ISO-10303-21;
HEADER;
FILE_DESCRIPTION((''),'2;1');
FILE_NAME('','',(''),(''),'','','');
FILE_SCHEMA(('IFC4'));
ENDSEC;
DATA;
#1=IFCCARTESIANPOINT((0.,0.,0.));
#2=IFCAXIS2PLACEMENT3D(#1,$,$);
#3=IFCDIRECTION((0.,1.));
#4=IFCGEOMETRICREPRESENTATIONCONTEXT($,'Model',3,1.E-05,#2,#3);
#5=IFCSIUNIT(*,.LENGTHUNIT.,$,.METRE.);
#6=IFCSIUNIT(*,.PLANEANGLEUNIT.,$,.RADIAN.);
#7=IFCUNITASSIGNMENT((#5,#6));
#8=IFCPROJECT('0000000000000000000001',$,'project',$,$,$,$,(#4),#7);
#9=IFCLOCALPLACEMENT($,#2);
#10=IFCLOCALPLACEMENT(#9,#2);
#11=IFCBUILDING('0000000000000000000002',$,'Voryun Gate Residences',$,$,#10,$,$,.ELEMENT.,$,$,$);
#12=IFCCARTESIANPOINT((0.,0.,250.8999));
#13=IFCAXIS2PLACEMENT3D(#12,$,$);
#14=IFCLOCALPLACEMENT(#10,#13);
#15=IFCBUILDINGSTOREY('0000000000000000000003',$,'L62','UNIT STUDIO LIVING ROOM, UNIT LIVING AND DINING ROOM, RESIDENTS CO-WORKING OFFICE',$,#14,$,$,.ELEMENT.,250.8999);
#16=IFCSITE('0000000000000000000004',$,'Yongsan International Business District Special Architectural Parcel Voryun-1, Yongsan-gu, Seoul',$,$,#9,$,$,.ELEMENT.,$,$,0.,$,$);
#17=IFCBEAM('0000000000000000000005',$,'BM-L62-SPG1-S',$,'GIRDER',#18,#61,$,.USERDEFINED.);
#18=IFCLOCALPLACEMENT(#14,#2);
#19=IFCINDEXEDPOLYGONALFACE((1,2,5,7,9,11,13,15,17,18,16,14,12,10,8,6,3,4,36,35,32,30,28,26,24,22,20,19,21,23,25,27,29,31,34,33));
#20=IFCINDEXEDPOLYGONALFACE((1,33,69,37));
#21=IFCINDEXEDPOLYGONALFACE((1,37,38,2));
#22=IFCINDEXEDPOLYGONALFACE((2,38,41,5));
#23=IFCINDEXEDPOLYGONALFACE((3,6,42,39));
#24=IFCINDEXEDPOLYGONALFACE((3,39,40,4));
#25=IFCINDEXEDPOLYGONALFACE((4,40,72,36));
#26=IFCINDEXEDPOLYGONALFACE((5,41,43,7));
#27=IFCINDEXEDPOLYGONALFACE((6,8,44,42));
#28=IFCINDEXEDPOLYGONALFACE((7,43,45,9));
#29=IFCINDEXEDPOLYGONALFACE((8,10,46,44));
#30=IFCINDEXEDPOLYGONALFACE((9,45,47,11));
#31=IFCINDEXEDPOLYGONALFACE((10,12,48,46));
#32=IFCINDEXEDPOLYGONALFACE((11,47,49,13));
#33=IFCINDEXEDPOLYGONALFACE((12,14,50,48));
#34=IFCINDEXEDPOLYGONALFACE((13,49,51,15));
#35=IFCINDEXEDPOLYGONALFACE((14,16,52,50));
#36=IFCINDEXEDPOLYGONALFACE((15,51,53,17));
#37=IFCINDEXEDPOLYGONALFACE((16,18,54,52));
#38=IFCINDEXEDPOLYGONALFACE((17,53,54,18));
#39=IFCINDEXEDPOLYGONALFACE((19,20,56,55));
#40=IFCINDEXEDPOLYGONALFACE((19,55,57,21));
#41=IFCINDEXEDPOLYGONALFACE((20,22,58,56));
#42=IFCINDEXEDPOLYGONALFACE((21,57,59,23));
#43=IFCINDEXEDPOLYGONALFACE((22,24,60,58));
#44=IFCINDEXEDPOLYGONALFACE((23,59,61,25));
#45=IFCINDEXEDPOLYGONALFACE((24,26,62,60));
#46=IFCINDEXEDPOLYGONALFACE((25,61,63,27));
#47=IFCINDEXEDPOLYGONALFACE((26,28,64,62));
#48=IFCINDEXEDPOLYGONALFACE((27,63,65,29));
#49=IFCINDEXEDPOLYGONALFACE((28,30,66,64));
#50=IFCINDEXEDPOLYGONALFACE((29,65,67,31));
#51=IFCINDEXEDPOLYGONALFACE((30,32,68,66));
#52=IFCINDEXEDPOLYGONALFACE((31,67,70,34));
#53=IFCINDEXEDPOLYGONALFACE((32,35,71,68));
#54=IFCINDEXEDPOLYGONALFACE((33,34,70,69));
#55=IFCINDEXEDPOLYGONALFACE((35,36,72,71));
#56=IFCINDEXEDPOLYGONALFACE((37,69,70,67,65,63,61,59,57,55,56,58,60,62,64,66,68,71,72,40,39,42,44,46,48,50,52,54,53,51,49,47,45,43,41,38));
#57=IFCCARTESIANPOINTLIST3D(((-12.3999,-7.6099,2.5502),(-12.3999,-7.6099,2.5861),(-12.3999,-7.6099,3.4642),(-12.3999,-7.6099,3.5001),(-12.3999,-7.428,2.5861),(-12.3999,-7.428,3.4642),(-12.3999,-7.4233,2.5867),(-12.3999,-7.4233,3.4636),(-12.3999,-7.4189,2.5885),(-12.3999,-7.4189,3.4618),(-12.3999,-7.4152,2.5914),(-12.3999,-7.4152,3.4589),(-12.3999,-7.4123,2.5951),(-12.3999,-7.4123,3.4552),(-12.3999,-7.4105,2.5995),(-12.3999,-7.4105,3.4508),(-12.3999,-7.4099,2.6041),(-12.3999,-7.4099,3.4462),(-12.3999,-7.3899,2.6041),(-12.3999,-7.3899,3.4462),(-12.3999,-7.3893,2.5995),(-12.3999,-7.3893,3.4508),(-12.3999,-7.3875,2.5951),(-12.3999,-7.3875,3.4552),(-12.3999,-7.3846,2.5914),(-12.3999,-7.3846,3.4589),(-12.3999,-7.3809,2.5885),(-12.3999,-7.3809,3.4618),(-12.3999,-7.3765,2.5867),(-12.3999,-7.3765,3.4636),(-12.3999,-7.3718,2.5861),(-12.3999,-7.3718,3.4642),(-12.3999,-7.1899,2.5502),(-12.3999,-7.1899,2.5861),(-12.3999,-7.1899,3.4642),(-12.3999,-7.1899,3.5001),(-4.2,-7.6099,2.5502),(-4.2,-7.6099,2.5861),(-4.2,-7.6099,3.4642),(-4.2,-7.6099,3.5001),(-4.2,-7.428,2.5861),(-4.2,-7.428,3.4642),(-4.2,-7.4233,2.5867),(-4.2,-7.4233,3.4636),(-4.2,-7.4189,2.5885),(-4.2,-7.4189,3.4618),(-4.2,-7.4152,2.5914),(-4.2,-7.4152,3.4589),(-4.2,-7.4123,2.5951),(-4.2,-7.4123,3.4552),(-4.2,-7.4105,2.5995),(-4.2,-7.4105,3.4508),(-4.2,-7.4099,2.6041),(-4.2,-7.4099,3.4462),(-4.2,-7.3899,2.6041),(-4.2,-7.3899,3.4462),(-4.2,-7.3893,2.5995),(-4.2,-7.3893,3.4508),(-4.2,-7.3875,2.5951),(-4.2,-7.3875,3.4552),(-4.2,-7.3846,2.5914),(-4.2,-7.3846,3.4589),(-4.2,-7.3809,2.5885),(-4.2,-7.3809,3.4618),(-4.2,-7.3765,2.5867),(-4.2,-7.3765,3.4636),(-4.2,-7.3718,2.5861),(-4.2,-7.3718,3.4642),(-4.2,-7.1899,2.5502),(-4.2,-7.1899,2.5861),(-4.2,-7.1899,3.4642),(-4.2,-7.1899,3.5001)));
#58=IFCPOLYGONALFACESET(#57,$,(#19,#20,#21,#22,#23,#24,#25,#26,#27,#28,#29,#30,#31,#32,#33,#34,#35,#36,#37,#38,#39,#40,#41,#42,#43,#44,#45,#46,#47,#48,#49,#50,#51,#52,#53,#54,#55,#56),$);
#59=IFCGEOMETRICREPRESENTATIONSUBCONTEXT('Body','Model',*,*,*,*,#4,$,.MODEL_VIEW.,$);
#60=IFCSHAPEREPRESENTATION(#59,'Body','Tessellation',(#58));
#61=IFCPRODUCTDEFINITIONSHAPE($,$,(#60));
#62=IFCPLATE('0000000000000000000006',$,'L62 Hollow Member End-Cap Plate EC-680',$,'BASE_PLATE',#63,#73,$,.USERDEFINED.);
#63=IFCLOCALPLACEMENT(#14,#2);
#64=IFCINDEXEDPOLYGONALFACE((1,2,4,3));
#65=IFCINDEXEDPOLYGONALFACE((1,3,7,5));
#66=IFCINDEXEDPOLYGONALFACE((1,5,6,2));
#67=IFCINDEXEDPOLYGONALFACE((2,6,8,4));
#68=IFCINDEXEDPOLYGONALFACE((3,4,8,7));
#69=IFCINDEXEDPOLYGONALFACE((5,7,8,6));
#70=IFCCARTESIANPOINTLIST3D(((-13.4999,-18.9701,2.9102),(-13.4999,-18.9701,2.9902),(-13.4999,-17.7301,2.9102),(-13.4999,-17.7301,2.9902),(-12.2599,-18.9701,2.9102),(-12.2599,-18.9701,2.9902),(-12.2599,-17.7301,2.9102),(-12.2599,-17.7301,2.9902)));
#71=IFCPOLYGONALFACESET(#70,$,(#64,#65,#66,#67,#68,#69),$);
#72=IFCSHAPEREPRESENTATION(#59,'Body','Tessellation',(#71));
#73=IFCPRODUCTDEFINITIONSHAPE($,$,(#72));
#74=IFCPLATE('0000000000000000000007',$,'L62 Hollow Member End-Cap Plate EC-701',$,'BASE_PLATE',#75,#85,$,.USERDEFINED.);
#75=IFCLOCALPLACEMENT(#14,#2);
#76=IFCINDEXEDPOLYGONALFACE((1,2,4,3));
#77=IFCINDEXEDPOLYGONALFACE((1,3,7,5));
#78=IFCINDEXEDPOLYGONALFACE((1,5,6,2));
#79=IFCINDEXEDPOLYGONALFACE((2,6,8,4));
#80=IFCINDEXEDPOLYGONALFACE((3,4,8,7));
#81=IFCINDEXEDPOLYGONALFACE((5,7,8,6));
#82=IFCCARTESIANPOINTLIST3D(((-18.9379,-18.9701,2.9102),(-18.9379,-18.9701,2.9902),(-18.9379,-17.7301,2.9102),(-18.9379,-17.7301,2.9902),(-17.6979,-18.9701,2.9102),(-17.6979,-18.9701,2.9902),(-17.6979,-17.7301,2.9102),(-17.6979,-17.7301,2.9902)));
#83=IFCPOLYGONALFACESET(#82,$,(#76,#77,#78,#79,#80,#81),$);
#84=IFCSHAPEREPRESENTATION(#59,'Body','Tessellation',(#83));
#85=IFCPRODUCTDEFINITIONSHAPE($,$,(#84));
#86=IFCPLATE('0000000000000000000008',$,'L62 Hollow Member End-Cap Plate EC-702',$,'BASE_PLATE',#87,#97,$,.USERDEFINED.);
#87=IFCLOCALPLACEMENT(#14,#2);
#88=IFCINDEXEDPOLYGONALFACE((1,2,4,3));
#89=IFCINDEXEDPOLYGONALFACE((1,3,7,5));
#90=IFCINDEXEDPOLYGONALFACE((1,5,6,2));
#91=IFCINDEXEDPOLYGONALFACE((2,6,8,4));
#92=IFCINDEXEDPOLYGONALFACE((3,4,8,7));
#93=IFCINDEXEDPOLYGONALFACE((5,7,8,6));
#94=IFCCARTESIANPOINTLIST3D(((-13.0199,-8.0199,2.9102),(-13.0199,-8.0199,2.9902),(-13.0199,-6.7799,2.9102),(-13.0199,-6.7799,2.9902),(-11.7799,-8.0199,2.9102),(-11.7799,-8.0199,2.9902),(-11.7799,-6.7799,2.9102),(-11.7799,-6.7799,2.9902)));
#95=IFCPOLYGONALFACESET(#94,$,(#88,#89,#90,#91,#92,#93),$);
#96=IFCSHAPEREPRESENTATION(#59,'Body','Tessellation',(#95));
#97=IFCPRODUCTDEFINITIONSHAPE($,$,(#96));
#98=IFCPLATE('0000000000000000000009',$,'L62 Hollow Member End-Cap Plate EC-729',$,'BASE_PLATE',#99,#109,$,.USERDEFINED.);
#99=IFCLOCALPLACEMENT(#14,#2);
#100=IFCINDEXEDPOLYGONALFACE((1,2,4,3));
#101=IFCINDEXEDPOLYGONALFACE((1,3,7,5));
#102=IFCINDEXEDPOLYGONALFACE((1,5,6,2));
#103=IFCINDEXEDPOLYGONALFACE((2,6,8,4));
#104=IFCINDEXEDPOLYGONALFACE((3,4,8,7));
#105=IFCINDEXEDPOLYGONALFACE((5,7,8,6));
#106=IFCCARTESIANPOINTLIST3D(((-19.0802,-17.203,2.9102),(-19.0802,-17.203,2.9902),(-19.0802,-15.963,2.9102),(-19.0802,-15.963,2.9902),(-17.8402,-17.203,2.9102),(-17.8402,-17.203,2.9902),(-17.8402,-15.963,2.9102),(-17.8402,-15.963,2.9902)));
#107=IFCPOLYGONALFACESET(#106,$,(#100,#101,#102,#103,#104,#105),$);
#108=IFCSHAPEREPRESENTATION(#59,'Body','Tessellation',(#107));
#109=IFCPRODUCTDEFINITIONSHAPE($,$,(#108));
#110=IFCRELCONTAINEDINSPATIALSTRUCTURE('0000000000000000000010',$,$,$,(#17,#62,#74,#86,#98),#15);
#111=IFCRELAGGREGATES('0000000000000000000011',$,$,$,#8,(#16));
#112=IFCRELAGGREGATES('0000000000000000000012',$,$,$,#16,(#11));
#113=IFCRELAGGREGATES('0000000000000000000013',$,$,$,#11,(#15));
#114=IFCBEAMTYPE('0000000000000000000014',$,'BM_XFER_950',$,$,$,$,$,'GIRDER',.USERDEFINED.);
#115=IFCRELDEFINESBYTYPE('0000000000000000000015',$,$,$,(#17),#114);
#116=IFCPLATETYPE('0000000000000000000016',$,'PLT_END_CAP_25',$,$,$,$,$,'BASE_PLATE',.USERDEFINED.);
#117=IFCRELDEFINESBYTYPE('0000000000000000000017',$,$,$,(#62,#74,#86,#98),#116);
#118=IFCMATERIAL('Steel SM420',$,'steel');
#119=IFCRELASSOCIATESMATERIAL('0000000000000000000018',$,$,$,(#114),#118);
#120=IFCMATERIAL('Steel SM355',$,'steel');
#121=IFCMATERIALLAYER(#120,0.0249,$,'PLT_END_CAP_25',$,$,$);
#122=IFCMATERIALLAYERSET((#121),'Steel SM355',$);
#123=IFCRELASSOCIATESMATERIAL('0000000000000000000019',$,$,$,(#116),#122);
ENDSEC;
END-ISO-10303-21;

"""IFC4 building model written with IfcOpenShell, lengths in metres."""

from ifc_helpers import new_model, si_unit, direction, frame, origin, origin_2d, place, context, subcontext, project, spatial, rectangle, i_section, extrude, material, layer, layer_set, material_profile, profile_set, type_object, element, save


model = new_model("IFC4")

# Units and contexts
model_context = context("Model", 3, precision=1e-05, world=origin(), true_north=direction((0.0, 1.0)))
body_context = subcontext(model_context, "Body", "Model", "MODEL_VIEW")
ifc_project = project(units=[si_unit("LENGTHUNIT", "METRE"), si_unit("PLANEANGLEUNIT", "RADIAN")], contexts=[model_context])

# Site, building, storey
site_placement = place(None, origin())
site = spatial("IfcSite", under=ifc_project, at=site_placement, Name="Yongsan International Business District Special Architectural Parcel Voryun-1, Yongsan-gu, Seoul", CompositionType="ELEMENT", RefElevation=0.0)
building_placement = place(site_placement, origin())
building = spatial("IfcBuilding", under=site, at=building_placement, Name="Voryun Gate Residences", CompositionType="ELEMENT")
storey_placement = place(building_placement, frame((0.0, 0.0, 250.8999)))
storey = spatial("IfcBuildingStorey", under=building, at=storey_placement, Name="L62", Description="UNIT STUDIO LIVING ROOM, UNIT LIVING AND DINING ROOM, RESIDENTS CO-WORKING OFFICE", CompositionType="ELEMENT", Elevation=250.8999)

# Beam
ifc_material_1 = material(Name="Steel SM420", Category="steel")
ifc_material_profile_1 = material_profile(ifc_material_1, i_section(OverallWidth=0.4199, OverallDepth=0.95, WebThickness=0.02, FlangeThickness=0.0359, FilletRadius=0.0181, at=origin_2d()), Name="H-950x420x20x36")
ifc_profile_set_1 = profile_set([ifc_material_profile_1], Name="Steel SM420")
beam_type_1 = type_object("IfcBeamType", Name="BM_XFER_950", ElementType="GIRDER", PredefinedType="USERDEFINED", material=ifc_profile_set_1)
beam_1_placement = place(storey_placement, frame((-12.3999, -7.3999, 3.0251), z_axis=(1.0, 0.0, 0.0), x_axis=(0.0, 1.0, 0.0)))
element("IfcBeam", 1, at=beam_1_placement, inside=storey, type_object=beam_type_1, Name="BM-L62-SPG1-S", ObjectType="GIRDER", PredefinedType="USERDEFINED", context=body_context, shape_type="SweptSolid", body=[
    extrude(i_section(OverallWidth=0.4199, OverallDepth=0.95, WebThickness=0.02, FlangeThickness=0.0359, FilletRadius=0.0181, at=origin_2d()), origin(), (0.0, 0.0, 1.0), 8.2),
])

# Plates
ifc_material_2 = material(Name="Steel SM355", Category="steel")
ifc_layer_1 = layer(ifc_material_2, 0.0249, Name="PLT_END_CAP_25")
ifc_layer_set_1 = layer_set([ifc_layer_1], Name="Steel SM355")
plate_type = type_object("IfcPlateType", Name="PLT_END_CAP_25", ElementType="BASE_PLATE", PredefinedType="USERDEFINED", material=ifc_layer_set_1)
for number, where, z_axis, x_axis, name in (
    (2, (-12.8799, -18.3501, 2.9102), (0.0, 0.0, 1.0), (1.0, 0.0, 0.0), "L62 Hollow Member End-Cap Plate EC-680"),
    (3, (-18.3179, -18.3501, 2.9102), (0.0, 0.0, 1.0), (1.0, 0.0, 0.0), "L62 Hollow Member End-Cap Plate EC-701"),
    (4, (-12.3999, -7.3999, 2.9102), (0.0, 0.0, 1.0), (1.0, 0.0, 0.0), "L62 Hollow Member End-Cap Plate EC-702"),
    (5, (-18.4602, -16.583, 2.9102), (0.0, 0.0, 1.0), (1.0, 0.0, 0.0), "L62 Hollow Member End-Cap Plate EC-729"),
):
    element("IfcPlate", number, at=place(storey_placement, frame(where, z_axis=z_axis, x_axis=x_axis)), inside=storey, type_object=plate_type, Name=name, ObjectType="BASE_PLATE", PredefinedType="USERDEFINED", context=body_context, shape_type="SweptSolid", body=[
        extrude(rectangle(XDim=1.24, YDim=1.24, at=origin_2d()), origin(), (0.0, 0.0, 1.0), 0.0801),
    ])

save(model, "model.ifc")
